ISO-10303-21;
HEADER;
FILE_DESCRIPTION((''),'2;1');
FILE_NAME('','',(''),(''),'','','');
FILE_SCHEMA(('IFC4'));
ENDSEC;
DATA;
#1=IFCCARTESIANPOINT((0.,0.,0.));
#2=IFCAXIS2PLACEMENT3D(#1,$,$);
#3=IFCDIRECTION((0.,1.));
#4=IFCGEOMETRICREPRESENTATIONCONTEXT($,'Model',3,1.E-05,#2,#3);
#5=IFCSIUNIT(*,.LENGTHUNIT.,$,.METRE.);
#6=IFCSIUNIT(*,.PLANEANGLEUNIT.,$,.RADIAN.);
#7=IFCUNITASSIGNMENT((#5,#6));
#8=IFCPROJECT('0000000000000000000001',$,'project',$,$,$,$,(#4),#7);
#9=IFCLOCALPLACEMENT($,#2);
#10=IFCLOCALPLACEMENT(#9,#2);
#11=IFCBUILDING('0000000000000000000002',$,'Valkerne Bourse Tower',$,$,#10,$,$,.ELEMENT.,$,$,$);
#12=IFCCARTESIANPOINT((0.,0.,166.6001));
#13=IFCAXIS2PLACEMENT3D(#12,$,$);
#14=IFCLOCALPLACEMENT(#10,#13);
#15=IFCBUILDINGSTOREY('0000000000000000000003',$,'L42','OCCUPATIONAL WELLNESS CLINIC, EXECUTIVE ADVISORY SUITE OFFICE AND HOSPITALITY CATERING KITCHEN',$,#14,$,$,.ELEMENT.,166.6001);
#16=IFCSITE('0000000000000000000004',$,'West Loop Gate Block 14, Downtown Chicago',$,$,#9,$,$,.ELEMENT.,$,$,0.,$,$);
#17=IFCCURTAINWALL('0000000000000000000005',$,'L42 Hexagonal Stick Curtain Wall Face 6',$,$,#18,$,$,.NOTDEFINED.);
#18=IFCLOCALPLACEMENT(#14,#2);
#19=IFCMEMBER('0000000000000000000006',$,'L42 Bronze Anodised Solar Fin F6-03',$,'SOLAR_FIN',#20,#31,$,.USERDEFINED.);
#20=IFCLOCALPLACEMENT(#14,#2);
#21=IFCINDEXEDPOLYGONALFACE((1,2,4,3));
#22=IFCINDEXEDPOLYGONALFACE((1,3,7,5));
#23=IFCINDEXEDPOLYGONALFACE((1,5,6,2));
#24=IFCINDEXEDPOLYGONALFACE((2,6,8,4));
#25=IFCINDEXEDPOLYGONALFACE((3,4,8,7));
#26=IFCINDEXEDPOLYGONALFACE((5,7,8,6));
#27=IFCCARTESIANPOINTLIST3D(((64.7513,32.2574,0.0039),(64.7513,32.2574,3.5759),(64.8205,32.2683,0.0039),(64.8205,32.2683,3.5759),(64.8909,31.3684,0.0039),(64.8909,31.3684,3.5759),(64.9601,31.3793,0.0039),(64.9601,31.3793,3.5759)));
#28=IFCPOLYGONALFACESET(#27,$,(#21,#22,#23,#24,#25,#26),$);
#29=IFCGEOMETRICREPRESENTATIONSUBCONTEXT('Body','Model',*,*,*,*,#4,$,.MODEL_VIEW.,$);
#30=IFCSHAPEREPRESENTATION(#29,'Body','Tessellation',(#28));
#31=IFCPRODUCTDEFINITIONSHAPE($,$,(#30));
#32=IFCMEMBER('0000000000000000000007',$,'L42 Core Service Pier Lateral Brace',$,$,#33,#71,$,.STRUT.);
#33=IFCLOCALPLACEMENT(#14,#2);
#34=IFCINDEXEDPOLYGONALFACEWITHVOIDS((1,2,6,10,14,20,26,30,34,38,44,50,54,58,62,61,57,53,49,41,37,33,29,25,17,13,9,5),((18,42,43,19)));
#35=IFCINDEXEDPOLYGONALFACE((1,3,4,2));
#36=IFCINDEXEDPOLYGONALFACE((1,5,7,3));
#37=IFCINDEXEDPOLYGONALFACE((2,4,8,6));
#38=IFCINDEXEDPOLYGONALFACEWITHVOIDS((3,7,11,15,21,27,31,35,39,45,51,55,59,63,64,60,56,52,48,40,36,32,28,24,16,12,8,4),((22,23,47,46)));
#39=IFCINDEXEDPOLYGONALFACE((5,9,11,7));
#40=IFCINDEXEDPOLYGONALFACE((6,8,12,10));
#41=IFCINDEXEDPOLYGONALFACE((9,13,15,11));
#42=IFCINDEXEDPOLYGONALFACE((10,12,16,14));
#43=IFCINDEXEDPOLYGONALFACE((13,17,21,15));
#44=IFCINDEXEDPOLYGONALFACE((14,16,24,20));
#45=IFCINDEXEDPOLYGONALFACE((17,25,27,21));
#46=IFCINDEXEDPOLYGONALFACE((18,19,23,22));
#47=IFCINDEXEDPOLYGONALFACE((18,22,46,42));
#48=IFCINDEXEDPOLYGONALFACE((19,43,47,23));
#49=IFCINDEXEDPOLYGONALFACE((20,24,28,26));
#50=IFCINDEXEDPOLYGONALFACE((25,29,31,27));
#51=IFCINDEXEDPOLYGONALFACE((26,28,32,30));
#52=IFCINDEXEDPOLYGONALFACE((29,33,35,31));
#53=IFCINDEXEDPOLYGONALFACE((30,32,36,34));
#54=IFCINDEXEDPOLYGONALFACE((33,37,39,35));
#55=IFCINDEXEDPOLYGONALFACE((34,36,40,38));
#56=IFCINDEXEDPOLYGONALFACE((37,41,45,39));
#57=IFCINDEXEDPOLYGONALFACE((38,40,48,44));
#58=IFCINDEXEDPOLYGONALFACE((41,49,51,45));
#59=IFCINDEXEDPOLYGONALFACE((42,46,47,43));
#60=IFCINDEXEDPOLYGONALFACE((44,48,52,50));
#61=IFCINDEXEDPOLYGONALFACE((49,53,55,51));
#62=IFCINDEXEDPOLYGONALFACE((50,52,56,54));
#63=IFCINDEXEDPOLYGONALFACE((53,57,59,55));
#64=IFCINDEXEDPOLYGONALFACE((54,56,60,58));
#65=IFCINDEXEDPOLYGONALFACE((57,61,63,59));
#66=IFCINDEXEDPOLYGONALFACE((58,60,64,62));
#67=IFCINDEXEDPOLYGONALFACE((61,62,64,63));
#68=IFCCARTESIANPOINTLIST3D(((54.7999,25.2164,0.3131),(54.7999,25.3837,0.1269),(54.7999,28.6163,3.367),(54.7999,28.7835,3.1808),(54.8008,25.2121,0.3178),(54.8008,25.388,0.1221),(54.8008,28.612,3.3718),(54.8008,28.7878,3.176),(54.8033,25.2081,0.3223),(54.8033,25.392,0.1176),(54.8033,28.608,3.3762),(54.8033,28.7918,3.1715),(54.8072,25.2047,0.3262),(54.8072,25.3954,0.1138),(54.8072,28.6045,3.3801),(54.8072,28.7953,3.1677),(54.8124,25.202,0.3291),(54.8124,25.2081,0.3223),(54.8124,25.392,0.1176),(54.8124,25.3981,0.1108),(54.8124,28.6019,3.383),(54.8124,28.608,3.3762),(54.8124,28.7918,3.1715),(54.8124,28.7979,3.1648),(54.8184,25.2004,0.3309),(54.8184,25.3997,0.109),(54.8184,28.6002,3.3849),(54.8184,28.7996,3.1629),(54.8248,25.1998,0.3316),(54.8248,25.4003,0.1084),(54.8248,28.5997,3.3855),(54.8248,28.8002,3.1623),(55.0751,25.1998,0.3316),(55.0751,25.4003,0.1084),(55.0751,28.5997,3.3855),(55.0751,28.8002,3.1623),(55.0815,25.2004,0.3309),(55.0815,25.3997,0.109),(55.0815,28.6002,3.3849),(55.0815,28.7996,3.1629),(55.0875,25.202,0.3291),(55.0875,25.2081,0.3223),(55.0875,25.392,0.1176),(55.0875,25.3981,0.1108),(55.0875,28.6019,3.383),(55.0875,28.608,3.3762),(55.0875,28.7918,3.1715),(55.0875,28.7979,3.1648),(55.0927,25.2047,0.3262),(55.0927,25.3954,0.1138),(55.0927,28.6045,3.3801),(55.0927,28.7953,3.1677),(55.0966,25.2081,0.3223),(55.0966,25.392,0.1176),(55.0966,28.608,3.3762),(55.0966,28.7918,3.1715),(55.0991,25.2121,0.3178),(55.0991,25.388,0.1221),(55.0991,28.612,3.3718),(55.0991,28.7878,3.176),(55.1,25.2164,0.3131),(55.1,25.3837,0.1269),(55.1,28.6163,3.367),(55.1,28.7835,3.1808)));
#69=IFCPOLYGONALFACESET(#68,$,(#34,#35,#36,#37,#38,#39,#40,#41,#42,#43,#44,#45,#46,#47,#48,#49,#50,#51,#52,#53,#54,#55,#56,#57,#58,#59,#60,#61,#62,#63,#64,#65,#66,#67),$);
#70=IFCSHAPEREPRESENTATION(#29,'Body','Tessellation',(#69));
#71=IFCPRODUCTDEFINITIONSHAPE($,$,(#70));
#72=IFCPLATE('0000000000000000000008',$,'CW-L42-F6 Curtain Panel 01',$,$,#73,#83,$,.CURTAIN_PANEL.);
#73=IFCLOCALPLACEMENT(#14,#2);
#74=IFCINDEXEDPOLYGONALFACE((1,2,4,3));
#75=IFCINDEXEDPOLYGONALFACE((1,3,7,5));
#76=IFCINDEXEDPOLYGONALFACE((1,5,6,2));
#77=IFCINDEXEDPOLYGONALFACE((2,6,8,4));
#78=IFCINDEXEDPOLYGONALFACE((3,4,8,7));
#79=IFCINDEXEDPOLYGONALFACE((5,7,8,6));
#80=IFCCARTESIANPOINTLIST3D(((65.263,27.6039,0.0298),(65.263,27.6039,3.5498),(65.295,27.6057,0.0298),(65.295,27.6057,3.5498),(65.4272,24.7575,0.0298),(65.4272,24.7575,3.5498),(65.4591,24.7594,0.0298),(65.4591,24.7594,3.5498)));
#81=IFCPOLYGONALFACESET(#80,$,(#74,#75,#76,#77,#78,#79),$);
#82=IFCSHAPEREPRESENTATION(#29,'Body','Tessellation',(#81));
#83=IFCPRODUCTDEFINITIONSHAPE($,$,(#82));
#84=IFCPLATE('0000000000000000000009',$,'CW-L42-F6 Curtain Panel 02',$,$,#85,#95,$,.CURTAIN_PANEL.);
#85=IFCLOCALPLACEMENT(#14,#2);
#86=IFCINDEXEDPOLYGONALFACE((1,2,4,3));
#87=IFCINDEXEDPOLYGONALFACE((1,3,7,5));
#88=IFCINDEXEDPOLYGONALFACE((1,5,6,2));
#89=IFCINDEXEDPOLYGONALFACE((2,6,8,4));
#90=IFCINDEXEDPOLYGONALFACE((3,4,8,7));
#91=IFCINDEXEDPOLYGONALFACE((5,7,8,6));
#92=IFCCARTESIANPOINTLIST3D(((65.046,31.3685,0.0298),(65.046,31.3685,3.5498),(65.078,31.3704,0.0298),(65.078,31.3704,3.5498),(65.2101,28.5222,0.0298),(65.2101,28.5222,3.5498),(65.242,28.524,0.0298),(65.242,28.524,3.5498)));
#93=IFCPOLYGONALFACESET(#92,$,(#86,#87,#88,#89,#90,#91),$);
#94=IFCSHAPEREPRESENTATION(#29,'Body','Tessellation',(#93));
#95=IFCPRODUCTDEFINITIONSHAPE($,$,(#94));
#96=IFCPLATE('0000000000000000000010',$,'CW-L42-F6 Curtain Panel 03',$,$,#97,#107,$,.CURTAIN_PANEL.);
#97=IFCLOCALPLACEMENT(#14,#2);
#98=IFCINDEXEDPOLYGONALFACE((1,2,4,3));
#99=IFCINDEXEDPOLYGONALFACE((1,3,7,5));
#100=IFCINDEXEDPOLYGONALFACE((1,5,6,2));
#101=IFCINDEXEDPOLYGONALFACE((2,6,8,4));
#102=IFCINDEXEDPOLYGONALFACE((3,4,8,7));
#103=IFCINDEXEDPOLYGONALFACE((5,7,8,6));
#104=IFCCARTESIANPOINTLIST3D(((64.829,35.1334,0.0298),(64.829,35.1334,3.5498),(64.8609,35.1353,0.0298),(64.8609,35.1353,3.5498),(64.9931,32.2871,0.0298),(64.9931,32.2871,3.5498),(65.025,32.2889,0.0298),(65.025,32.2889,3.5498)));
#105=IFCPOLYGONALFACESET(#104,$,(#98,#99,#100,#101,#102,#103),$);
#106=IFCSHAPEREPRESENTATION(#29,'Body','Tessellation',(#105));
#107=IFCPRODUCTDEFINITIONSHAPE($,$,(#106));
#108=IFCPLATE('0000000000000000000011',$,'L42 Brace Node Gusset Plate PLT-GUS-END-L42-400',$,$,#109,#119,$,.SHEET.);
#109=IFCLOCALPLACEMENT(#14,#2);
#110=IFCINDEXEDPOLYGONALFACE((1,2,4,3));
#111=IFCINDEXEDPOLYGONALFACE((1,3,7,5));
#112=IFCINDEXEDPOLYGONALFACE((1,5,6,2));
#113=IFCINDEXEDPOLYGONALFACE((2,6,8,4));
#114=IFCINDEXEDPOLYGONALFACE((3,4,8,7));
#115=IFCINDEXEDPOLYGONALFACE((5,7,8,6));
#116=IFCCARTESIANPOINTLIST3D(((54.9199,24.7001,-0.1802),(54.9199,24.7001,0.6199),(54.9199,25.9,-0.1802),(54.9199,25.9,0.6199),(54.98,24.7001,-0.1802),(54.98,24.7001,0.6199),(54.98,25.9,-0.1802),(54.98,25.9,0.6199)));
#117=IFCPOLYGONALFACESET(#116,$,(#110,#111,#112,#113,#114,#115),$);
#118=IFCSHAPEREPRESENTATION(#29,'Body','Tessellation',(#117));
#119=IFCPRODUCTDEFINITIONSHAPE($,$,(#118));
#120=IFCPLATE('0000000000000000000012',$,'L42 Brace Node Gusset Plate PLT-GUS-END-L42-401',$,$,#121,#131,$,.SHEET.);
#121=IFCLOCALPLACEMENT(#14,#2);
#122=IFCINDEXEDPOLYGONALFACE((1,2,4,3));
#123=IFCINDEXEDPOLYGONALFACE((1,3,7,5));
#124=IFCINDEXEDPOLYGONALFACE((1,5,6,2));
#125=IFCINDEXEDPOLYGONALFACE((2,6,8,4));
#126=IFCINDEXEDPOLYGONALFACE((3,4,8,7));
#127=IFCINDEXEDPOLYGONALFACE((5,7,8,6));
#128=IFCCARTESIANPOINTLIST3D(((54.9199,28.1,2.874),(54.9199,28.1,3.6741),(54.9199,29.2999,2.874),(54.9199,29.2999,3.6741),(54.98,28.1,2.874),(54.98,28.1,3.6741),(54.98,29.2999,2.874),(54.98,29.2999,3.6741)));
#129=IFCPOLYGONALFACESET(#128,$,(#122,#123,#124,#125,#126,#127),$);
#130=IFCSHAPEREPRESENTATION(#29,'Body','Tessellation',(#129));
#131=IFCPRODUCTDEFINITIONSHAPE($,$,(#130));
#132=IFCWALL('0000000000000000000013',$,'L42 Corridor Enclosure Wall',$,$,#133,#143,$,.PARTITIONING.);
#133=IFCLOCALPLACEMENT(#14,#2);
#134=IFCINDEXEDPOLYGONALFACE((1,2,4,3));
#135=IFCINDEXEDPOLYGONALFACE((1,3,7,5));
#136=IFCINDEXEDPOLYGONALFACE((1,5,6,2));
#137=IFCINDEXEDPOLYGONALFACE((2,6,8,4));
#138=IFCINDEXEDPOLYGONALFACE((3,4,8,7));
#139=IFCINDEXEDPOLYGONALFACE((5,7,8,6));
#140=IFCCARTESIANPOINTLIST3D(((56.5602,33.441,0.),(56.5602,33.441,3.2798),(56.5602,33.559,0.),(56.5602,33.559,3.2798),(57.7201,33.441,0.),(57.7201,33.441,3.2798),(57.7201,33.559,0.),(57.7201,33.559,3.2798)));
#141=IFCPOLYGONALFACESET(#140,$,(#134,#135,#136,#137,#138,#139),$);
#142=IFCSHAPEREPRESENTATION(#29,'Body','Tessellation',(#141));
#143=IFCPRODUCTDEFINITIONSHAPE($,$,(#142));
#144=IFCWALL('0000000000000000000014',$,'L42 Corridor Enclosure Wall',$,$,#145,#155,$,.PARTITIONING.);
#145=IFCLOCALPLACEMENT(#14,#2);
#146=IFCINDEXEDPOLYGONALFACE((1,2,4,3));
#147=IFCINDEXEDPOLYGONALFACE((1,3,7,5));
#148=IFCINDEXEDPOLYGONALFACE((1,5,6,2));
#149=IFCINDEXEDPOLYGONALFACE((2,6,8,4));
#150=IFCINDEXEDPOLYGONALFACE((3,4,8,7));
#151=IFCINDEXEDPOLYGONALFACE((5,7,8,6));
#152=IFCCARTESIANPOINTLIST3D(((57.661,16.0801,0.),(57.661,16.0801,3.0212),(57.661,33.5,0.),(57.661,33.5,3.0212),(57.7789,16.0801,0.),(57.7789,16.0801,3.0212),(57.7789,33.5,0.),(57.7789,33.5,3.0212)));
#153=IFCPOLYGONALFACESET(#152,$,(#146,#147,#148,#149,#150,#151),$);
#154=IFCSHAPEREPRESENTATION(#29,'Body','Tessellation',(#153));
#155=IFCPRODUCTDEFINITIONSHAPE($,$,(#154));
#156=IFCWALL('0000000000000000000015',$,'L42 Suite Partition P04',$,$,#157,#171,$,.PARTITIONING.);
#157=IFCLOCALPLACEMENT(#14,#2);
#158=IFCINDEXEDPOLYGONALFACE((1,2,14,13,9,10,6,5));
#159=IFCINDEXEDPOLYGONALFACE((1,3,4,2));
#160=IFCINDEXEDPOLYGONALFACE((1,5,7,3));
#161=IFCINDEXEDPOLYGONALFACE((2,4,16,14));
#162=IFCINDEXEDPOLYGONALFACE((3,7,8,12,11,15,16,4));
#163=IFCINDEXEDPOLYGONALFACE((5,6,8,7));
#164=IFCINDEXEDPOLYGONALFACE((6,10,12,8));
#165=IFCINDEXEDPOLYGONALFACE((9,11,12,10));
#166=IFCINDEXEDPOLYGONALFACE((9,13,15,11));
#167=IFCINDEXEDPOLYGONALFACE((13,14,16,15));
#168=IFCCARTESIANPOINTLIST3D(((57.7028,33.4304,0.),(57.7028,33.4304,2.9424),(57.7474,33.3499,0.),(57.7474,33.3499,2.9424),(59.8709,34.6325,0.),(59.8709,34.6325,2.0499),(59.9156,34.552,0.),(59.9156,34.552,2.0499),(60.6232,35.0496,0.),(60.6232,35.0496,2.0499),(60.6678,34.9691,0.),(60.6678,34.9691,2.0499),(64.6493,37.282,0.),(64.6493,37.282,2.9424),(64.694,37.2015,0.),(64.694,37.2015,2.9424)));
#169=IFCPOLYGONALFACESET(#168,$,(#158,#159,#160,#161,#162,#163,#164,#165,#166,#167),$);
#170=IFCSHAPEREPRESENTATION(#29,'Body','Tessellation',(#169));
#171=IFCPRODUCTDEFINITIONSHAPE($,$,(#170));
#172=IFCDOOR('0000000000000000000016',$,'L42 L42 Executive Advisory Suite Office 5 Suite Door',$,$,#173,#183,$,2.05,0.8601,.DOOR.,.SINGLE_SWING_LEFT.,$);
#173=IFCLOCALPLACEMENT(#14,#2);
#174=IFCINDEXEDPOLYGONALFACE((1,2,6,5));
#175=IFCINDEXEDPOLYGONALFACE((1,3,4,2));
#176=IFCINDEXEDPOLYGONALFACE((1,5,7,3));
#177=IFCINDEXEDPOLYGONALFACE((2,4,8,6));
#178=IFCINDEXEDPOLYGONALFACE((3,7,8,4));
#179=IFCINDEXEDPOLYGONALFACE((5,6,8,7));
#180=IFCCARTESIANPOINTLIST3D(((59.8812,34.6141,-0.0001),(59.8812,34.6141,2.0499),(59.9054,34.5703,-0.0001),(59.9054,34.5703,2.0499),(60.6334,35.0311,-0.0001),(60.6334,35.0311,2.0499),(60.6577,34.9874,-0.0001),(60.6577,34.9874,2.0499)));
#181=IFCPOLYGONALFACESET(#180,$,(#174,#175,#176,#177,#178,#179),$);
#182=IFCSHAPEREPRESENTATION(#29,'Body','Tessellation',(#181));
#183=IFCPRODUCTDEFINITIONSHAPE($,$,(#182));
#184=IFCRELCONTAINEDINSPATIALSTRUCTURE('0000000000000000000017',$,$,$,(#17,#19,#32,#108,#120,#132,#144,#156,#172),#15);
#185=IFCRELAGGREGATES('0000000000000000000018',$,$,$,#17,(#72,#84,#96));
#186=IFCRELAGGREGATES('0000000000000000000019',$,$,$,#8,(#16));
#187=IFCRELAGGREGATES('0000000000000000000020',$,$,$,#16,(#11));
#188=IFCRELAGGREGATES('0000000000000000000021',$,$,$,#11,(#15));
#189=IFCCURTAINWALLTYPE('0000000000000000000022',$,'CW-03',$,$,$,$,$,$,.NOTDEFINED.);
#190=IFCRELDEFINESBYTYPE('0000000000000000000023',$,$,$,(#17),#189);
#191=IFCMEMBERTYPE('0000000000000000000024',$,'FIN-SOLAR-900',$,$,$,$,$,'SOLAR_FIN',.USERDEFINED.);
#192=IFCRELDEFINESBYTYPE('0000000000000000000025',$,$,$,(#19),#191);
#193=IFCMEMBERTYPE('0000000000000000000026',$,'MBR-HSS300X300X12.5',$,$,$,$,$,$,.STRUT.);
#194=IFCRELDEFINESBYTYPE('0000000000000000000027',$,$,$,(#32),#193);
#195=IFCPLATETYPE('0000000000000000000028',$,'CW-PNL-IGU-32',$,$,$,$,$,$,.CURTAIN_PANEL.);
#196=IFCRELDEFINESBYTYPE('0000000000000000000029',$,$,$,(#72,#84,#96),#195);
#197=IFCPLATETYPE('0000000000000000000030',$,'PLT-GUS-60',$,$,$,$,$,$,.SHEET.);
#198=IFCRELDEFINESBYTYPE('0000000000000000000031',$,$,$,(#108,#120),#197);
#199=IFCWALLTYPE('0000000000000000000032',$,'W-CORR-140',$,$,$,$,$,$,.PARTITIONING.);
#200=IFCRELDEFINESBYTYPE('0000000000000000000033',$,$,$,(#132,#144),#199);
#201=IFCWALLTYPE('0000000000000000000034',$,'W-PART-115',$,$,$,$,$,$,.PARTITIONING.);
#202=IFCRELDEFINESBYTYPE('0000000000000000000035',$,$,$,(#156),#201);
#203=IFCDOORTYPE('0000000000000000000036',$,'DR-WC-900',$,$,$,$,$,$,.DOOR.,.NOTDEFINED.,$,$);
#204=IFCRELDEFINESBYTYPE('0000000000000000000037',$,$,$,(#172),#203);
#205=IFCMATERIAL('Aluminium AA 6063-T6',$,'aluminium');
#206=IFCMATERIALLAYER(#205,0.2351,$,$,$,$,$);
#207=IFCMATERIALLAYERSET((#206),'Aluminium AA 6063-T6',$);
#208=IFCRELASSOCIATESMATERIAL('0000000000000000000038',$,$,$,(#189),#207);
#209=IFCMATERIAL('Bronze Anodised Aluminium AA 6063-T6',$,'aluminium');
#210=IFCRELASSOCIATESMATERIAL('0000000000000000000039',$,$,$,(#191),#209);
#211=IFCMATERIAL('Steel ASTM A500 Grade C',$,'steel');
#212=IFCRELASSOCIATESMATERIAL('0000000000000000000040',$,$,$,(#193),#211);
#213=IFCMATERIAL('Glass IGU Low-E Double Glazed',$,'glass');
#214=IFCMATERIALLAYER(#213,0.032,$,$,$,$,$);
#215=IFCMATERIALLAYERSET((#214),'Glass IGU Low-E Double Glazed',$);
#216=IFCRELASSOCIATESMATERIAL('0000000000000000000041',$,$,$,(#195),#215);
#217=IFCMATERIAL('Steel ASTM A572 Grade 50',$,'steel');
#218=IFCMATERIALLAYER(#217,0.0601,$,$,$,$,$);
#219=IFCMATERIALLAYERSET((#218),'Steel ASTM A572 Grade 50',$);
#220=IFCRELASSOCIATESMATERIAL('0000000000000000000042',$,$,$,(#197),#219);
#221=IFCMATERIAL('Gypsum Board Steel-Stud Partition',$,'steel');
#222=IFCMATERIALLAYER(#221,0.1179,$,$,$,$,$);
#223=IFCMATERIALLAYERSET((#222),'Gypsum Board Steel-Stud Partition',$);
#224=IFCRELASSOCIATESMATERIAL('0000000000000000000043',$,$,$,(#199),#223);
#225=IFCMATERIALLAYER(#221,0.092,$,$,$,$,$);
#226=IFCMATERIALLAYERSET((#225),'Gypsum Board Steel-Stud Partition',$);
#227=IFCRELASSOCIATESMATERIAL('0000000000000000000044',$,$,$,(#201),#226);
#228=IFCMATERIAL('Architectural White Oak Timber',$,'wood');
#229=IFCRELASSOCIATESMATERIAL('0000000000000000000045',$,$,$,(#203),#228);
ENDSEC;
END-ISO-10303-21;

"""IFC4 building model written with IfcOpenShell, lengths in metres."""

from ifc_helpers import new_model, si_unit, direction, frame, frame_2d, origin, origin_2d, place, context, subcontext, project, spatial, rectangle, hollow_rectangle, extrude, material, layer, layer_set, material_profile, profile_set, type_object, element, fill, aggregate, save


model = new_model("IFC4")

# Units and contexts
model_context = context("Model", 3, precision=1e-05, world=origin(), true_north=direction((0.0, 1.0)))
body_context = subcontext(model_context, "Body", "Model", "MODEL_VIEW")
ifc_project = project(units=[si_unit("LENGTHUNIT", "METRE"), si_unit("PLANEANGLEUNIT", "RADIAN")], contexts=[model_context])

# Site, building, storey
site_placement = place(None, origin())
site = spatial("IfcSite", under=ifc_project, at=site_placement, Name="West Loop Gate Block 14, Downtown Chicago", CompositionType="ELEMENT", RefElevation=0.0)
building_placement = place(site_placement, origin())
building = spatial("IfcBuilding", under=site, at=building_placement, Name="Valkerne Bourse Tower", CompositionType="ELEMENT")
storey_placement = place(building_placement, frame((0.0, 0.0, 166.6001)))
storey = spatial("IfcBuildingStorey", under=building, at=storey_placement, Name="L42", Description="OCCUPATIONAL WELLNESS CLINIC, EXECUTIVE ADVISORY SUITE OFFICE AND HOSPITALITY CATERING KITCHEN", CompositionType="ELEMENT", Elevation=166.6001)

# Curtain wall
ifc_material_1 = material(Name="Aluminium AA 6063-T6", Category="aluminium")
ifc_layer_1 = layer(ifc_material_1, 0.2351)
ifc_layer_set_1 = layer_set([ifc_layer_1], Name="Aluminium AA 6063-T6")
curtain_wall_type = type_object("IfcCurtainWallType", Name="CW-03", PredefinedType="NOTDEFINED", material=ifc_layer_set_1)
curtain_wall_placement = place(storey_placement, origin())
curtain_wall = element("IfcCurtainWall", 1, at=curtain_wall_placement, inside=storey, type_object=curtain_wall_type, Name="L42 Hexagonal Stick Curtain Wall Face 6", PredefinedType="NOTDEFINED")

# Members
ifc_material_2 = material(Name="Bronze Anodised Aluminium AA 6063-T6", Category="aluminium")
ifc_material_profile_1 = material_profile(ifc_material_2, rectangle(XDim=0.0701, YDim=0.8999, at=origin_2d()), Name="FIN-70X900")
ifc_profile_set_1 = profile_set([ifc_material_profile_1], Name="Bronze Anodised Aluminium AA 6063-T6")
member_type_1 = type_object("IfcMemberType", Name="FIN-SOLAR-900", ElementType="SOLAR_FIN", PredefinedType="USERDEFINED", material=ifc_profile_set_1)
member_1_placement = place(storey_placement, frame((64.8557, 31.8184, 0.0039), z_axis=(0.0, 0.0, 1.0), x_axis=(0.987885, 0.155185, 0.0)))
element("IfcMember", 2, at=member_1_placement, inside=storey, type_object=member_type_1, Name="L42 Bronze Anodised Solar Fin F6-03", ObjectType="SOLAR_FIN", PredefinedType="USERDEFINED", context=body_context, shape_type="SweptSolid", body=[
    extrude(rectangle(XDim=0.0701, YDim=0.8999, at=origin_2d()), origin(), (0.0, 0.0, 1.0), 3.572),
])
ifc_material_3 = material(Name="Steel ASTM A500 Grade C", Category="steel")
ifc_material_profile_2 = material_profile(ifc_material_3, hollow_rectangle(XDim=0.3, YDim=0.3, WallThickness=0.0125, OuterFilletRadius=0.0249, at=origin_2d()), Name="HSS300X300X12.5")
ifc_profile_set_2 = profile_set([ifc_material_profile_2], Name="Steel ASTM A500 Grade C")
member_type_2 = type_object("IfcMemberType", Name="MBR-HSS300X300X12.5", PredefinedType="STRUT", material=ifc_profile_set_2)
member_2_placement = place(storey_placement, frame((54.95, 25.3, 0.22), z_axis=(0.0, 0.743942, 0.668244), x_axis=(-1.0, 0.0, 0.0)))
element("IfcMember", 3, at=member_2_placement, inside=storey, type_object=member_type_2, Name="L42 Core Service Pier Lateral Brace", PredefinedType="STRUT", context=body_context, shape_type="SweptSolid", body=[
    extrude(hollow_rectangle(XDim=0.3, YDim=0.3, WallThickness=0.0125, OuterFilletRadius=0.0249, at=origin_2d()), origin(), (0.0, 0.0, 1.0), 4.5701),
])

# Plates
ifc_material_4 = material(Name="Glass IGU Low-E Double Glazed", Category="glass")
ifc_layer_2 = layer(ifc_material_4, 0.032)
ifc_layer_set_2 = layer_set([ifc_layer_2], Name="Glass IGU Low-E Double Glazed")
plate_type_1 = type_object("IfcPlateType", Name="CW-PNL-IGU-32", PredefinedType="CURTAIN_PANEL", material=ifc_layer_set_2)
plate_1_placement = place(storey_placement, frame((65.3611, 26.1816, 0.0298), z_axis=(0.0, 0.0, 1.0), x_axis=(-0.057572, 0.998341, 0.0)))
plate_1 = element("IfcPlate", 4, at=plate_1_placement, type_object=plate_type_1, Name="CW-L42-F6 Curtain Panel 01", PredefinedType="CURTAIN_PANEL", context=body_context, shape_type="SweptSolid", body=[
    extrude(rectangle(XDim=2.8511, YDim=0.032, at=origin_2d()), origin(), (0.0, 0.0, 1.0), 3.52),
])
plate_2_placement = place(storey_placement, frame((65.144, 29.9463, 0.0298), z_axis=(0.0, 0.0, 1.0), x_axis=(-0.057545, 0.998343, 0.0)))
plate_2 = element("IfcPlate", 5, at=plate_2_placement, type_object=plate_type_1, Name="CW-L42-F6 Curtain Panel 02", PredefinedType="CURTAIN_PANEL", context=body_context, shape_type="SweptSolid", body=[
    extrude(rectangle(XDim=2.8511, YDim=0.032, at=origin_2d()), origin(), (0.0, 0.0, 1.0), 3.52),
])
plate_3_placement = place(storey_placement, frame((64.927, 33.7112, 0.0298), z_axis=(0.0, 0.0, 1.0), x_axis=(-0.05757, 0.998341, 0.0)))
plate_3 = element("IfcPlate", 6, at=plate_3_placement, type_object=plate_type_1, Name="CW-L42-F6 Curtain Panel 03", PredefinedType="CURTAIN_PANEL", context=body_context, shape_type="SweptSolid", body=[
    extrude(rectangle(XDim=2.8511, YDim=0.032, at=origin_2d()), origin(), (0.0, 0.0, 1.0), 3.52),
])
aggregate(curtain_wall, [plate_1, plate_2, plate_3])

# Plates
ifc_material_5 = material(Name="Steel ASTM A572 Grade 50", Category="steel")
ifc_layer_3 = layer(ifc_material_5, 0.0601)
ifc_layer_set_3 = layer_set([ifc_layer_3], Name="Steel ASTM A572 Grade 50")
plate_type_2 = type_object("IfcPlateType", Name="PLT-GUS-60", PredefinedType="SHEET", material=ifc_layer_set_3)
for number, where, z_axis, x_axis, name in (
    (7, (54.95, 25.3, -0.1802), (0.0, 0.0, 1.0), (0.0, 1.0, 0.0), "L42 Brace Node Gusset Plate PLT-GUS-END-L42-400"),
    (8, (54.95, 28.7, 2.874), (0.0, 0.0, 1.0), (0.0, 1.0, 0.0), "L42 Brace Node Gusset Plate PLT-GUS-END-L42-401"),
):
    element("IfcPlate", number, at=place(storey_placement, frame(where, z_axis=z_axis, x_axis=x_axis)), inside=storey, type_object=plate_type_2, Name=name, PredefinedType="SHEET", context=body_context, shape_type="SweptSolid", body=[
        extrude(rectangle(XDim=1.2, YDim=0.0601, at=origin_2d()), origin(), (0.0, 0.0, 1.0), 0.8),
    ])

# Walls
ifc_material_6 = material(Name="Gypsum Board Steel-Stud Partition", Category="steel")
ifc_layer_4 = layer(ifc_material_6, 0.1179)
ifc_layer_set_4 = layer_set([ifc_layer_4], Name="Gypsum Board Steel-Stud Partition")
wall_type_1 = type_object("IfcWallType", Name="W-CORR-140", PredefinedType="PARTITIONING", material=ifc_layer_set_4)
wall_1_placement = place(storey_placement, frame((56.5601, 33.5, 0.0), z_axis=(0.0, 0.0, 1.0), x_axis=(1.0, 0.0, 0.0)))
element("IfcWall", 9, at=wall_1_placement, inside=storey, type_object=wall_type_1, Name="L42 Corridor Enclosure Wall", PredefinedType="PARTITIONING", context=body_context, shape_type="SweptSolid", body=[
    extrude(rectangle(XDim=1.1599, YDim=0.1179, at=frame_2d((0.5801, 0.0))), origin(), (0.0, 0.0, 1.0), 3.2798),
])
wall_2_placement = place(storey_placement, frame((57.72, 33.5, 0.0), z_axis=(0.0, 0.0, 1.0), x_axis=(0.0, -1.0, 0.0)))
element("IfcWall", 10, at=wall_2_placement, inside=storey, type_object=wall_type_1, Name="L42 Corridor Enclosure Wall", PredefinedType="PARTITIONING", context=body_context, shape_type="SweptSolid", body=[
    extrude(rectangle(XDim=17.4199, YDim=0.1179, at=frame_2d((8.71, 0.0))), origin(), (0.0, 0.0, 1.0), 3.0212),
])

# Wall, opening, door
ifc_layer_5 = layer(ifc_material_6, 0.092)
ifc_layer_set_5 = layer_set([ifc_layer_5], Name="Gypsum Board Steel-Stud Partition")
wall_type_2 = type_object("IfcWallType", Name="W-PART-115", PredefinedType="PARTITIONING", material=ifc_layer_set_5)
wall_3_placement = place(storey_placement, frame((57.7251, 33.3901, 0.0), z_axis=(0.0, 0.0, 1.0), x_axis=(0.874564, 0.484909, 0.0)))
wall_3 = element("IfcWall", 11, at=wall_3_placement, inside=storey, type_object=wall_type_2, Name="L42 Suite Partition P04", PredefinedType="PARTITIONING", context=body_context, shape_type="SweptSolid", body=[
    extrude(rectangle(XDim=7.9429, YDim=0.092, at=frame_2d((3.9714, 0.0))), origin(), (0.0, 0.0, 1.0), 2.9424),
])
opening_1_placement = place(wall_3_placement, frame((2.479, 0.0, 0.0)))
opening_1 = element("IfcOpeningElement", 12, at=opening_1_placement, cuts=wall_3, PredefinedType="OPENING", context=body_context, shape_type="SweptSolid", body=[
    extrude(rectangle(XDim=0.8601, YDim=2.05, at=frame_2d((0.4302, 1.0249))), frame((0.0, 0.0559, 0.0), z_axis=(0.0, -1.0, 0.0), x_axis=(1.0, 0.0, 0.0)), (0.0, 0.0, 1.0), 0.1121),
])
ifc_material_7 = material(Name="Architectural White Oak Timber", Category="wood")
door_type_1 = type_object("IfcDoorType", Name="DR-WC-900", OperationType="NOTDEFINED", PredefinedType="DOOR", material=ifc_material_7)
door_1_placement = place(opening_1_placement, origin())
door_1 = element("IfcDoor", 13, at=door_1_placement, inside=storey, type_object=door_type_1, Name="L42 L42 Executive Advisory Suite Office 5 Suite Door", OperationType="SINGLE_SWING_LEFT", OverallHeight=2.05, OverallWidth=0.8601, PredefinedType="DOOR", context=body_context, shape_type="SweptSolid", body=[
    extrude(rectangle(XDim=0.8601, YDim=2.05, at=frame_2d((0.4302, 1.0249))), frame((0.0, 0.0249, 0.0), z_axis=(0.0, -1.0, 0.0), x_axis=(1.0, 0.0, 0.0)), (0.0, 0.0, 1.0), 0.05),
])
fill(opening_1, door_1)

save(model, "model.ifc")
